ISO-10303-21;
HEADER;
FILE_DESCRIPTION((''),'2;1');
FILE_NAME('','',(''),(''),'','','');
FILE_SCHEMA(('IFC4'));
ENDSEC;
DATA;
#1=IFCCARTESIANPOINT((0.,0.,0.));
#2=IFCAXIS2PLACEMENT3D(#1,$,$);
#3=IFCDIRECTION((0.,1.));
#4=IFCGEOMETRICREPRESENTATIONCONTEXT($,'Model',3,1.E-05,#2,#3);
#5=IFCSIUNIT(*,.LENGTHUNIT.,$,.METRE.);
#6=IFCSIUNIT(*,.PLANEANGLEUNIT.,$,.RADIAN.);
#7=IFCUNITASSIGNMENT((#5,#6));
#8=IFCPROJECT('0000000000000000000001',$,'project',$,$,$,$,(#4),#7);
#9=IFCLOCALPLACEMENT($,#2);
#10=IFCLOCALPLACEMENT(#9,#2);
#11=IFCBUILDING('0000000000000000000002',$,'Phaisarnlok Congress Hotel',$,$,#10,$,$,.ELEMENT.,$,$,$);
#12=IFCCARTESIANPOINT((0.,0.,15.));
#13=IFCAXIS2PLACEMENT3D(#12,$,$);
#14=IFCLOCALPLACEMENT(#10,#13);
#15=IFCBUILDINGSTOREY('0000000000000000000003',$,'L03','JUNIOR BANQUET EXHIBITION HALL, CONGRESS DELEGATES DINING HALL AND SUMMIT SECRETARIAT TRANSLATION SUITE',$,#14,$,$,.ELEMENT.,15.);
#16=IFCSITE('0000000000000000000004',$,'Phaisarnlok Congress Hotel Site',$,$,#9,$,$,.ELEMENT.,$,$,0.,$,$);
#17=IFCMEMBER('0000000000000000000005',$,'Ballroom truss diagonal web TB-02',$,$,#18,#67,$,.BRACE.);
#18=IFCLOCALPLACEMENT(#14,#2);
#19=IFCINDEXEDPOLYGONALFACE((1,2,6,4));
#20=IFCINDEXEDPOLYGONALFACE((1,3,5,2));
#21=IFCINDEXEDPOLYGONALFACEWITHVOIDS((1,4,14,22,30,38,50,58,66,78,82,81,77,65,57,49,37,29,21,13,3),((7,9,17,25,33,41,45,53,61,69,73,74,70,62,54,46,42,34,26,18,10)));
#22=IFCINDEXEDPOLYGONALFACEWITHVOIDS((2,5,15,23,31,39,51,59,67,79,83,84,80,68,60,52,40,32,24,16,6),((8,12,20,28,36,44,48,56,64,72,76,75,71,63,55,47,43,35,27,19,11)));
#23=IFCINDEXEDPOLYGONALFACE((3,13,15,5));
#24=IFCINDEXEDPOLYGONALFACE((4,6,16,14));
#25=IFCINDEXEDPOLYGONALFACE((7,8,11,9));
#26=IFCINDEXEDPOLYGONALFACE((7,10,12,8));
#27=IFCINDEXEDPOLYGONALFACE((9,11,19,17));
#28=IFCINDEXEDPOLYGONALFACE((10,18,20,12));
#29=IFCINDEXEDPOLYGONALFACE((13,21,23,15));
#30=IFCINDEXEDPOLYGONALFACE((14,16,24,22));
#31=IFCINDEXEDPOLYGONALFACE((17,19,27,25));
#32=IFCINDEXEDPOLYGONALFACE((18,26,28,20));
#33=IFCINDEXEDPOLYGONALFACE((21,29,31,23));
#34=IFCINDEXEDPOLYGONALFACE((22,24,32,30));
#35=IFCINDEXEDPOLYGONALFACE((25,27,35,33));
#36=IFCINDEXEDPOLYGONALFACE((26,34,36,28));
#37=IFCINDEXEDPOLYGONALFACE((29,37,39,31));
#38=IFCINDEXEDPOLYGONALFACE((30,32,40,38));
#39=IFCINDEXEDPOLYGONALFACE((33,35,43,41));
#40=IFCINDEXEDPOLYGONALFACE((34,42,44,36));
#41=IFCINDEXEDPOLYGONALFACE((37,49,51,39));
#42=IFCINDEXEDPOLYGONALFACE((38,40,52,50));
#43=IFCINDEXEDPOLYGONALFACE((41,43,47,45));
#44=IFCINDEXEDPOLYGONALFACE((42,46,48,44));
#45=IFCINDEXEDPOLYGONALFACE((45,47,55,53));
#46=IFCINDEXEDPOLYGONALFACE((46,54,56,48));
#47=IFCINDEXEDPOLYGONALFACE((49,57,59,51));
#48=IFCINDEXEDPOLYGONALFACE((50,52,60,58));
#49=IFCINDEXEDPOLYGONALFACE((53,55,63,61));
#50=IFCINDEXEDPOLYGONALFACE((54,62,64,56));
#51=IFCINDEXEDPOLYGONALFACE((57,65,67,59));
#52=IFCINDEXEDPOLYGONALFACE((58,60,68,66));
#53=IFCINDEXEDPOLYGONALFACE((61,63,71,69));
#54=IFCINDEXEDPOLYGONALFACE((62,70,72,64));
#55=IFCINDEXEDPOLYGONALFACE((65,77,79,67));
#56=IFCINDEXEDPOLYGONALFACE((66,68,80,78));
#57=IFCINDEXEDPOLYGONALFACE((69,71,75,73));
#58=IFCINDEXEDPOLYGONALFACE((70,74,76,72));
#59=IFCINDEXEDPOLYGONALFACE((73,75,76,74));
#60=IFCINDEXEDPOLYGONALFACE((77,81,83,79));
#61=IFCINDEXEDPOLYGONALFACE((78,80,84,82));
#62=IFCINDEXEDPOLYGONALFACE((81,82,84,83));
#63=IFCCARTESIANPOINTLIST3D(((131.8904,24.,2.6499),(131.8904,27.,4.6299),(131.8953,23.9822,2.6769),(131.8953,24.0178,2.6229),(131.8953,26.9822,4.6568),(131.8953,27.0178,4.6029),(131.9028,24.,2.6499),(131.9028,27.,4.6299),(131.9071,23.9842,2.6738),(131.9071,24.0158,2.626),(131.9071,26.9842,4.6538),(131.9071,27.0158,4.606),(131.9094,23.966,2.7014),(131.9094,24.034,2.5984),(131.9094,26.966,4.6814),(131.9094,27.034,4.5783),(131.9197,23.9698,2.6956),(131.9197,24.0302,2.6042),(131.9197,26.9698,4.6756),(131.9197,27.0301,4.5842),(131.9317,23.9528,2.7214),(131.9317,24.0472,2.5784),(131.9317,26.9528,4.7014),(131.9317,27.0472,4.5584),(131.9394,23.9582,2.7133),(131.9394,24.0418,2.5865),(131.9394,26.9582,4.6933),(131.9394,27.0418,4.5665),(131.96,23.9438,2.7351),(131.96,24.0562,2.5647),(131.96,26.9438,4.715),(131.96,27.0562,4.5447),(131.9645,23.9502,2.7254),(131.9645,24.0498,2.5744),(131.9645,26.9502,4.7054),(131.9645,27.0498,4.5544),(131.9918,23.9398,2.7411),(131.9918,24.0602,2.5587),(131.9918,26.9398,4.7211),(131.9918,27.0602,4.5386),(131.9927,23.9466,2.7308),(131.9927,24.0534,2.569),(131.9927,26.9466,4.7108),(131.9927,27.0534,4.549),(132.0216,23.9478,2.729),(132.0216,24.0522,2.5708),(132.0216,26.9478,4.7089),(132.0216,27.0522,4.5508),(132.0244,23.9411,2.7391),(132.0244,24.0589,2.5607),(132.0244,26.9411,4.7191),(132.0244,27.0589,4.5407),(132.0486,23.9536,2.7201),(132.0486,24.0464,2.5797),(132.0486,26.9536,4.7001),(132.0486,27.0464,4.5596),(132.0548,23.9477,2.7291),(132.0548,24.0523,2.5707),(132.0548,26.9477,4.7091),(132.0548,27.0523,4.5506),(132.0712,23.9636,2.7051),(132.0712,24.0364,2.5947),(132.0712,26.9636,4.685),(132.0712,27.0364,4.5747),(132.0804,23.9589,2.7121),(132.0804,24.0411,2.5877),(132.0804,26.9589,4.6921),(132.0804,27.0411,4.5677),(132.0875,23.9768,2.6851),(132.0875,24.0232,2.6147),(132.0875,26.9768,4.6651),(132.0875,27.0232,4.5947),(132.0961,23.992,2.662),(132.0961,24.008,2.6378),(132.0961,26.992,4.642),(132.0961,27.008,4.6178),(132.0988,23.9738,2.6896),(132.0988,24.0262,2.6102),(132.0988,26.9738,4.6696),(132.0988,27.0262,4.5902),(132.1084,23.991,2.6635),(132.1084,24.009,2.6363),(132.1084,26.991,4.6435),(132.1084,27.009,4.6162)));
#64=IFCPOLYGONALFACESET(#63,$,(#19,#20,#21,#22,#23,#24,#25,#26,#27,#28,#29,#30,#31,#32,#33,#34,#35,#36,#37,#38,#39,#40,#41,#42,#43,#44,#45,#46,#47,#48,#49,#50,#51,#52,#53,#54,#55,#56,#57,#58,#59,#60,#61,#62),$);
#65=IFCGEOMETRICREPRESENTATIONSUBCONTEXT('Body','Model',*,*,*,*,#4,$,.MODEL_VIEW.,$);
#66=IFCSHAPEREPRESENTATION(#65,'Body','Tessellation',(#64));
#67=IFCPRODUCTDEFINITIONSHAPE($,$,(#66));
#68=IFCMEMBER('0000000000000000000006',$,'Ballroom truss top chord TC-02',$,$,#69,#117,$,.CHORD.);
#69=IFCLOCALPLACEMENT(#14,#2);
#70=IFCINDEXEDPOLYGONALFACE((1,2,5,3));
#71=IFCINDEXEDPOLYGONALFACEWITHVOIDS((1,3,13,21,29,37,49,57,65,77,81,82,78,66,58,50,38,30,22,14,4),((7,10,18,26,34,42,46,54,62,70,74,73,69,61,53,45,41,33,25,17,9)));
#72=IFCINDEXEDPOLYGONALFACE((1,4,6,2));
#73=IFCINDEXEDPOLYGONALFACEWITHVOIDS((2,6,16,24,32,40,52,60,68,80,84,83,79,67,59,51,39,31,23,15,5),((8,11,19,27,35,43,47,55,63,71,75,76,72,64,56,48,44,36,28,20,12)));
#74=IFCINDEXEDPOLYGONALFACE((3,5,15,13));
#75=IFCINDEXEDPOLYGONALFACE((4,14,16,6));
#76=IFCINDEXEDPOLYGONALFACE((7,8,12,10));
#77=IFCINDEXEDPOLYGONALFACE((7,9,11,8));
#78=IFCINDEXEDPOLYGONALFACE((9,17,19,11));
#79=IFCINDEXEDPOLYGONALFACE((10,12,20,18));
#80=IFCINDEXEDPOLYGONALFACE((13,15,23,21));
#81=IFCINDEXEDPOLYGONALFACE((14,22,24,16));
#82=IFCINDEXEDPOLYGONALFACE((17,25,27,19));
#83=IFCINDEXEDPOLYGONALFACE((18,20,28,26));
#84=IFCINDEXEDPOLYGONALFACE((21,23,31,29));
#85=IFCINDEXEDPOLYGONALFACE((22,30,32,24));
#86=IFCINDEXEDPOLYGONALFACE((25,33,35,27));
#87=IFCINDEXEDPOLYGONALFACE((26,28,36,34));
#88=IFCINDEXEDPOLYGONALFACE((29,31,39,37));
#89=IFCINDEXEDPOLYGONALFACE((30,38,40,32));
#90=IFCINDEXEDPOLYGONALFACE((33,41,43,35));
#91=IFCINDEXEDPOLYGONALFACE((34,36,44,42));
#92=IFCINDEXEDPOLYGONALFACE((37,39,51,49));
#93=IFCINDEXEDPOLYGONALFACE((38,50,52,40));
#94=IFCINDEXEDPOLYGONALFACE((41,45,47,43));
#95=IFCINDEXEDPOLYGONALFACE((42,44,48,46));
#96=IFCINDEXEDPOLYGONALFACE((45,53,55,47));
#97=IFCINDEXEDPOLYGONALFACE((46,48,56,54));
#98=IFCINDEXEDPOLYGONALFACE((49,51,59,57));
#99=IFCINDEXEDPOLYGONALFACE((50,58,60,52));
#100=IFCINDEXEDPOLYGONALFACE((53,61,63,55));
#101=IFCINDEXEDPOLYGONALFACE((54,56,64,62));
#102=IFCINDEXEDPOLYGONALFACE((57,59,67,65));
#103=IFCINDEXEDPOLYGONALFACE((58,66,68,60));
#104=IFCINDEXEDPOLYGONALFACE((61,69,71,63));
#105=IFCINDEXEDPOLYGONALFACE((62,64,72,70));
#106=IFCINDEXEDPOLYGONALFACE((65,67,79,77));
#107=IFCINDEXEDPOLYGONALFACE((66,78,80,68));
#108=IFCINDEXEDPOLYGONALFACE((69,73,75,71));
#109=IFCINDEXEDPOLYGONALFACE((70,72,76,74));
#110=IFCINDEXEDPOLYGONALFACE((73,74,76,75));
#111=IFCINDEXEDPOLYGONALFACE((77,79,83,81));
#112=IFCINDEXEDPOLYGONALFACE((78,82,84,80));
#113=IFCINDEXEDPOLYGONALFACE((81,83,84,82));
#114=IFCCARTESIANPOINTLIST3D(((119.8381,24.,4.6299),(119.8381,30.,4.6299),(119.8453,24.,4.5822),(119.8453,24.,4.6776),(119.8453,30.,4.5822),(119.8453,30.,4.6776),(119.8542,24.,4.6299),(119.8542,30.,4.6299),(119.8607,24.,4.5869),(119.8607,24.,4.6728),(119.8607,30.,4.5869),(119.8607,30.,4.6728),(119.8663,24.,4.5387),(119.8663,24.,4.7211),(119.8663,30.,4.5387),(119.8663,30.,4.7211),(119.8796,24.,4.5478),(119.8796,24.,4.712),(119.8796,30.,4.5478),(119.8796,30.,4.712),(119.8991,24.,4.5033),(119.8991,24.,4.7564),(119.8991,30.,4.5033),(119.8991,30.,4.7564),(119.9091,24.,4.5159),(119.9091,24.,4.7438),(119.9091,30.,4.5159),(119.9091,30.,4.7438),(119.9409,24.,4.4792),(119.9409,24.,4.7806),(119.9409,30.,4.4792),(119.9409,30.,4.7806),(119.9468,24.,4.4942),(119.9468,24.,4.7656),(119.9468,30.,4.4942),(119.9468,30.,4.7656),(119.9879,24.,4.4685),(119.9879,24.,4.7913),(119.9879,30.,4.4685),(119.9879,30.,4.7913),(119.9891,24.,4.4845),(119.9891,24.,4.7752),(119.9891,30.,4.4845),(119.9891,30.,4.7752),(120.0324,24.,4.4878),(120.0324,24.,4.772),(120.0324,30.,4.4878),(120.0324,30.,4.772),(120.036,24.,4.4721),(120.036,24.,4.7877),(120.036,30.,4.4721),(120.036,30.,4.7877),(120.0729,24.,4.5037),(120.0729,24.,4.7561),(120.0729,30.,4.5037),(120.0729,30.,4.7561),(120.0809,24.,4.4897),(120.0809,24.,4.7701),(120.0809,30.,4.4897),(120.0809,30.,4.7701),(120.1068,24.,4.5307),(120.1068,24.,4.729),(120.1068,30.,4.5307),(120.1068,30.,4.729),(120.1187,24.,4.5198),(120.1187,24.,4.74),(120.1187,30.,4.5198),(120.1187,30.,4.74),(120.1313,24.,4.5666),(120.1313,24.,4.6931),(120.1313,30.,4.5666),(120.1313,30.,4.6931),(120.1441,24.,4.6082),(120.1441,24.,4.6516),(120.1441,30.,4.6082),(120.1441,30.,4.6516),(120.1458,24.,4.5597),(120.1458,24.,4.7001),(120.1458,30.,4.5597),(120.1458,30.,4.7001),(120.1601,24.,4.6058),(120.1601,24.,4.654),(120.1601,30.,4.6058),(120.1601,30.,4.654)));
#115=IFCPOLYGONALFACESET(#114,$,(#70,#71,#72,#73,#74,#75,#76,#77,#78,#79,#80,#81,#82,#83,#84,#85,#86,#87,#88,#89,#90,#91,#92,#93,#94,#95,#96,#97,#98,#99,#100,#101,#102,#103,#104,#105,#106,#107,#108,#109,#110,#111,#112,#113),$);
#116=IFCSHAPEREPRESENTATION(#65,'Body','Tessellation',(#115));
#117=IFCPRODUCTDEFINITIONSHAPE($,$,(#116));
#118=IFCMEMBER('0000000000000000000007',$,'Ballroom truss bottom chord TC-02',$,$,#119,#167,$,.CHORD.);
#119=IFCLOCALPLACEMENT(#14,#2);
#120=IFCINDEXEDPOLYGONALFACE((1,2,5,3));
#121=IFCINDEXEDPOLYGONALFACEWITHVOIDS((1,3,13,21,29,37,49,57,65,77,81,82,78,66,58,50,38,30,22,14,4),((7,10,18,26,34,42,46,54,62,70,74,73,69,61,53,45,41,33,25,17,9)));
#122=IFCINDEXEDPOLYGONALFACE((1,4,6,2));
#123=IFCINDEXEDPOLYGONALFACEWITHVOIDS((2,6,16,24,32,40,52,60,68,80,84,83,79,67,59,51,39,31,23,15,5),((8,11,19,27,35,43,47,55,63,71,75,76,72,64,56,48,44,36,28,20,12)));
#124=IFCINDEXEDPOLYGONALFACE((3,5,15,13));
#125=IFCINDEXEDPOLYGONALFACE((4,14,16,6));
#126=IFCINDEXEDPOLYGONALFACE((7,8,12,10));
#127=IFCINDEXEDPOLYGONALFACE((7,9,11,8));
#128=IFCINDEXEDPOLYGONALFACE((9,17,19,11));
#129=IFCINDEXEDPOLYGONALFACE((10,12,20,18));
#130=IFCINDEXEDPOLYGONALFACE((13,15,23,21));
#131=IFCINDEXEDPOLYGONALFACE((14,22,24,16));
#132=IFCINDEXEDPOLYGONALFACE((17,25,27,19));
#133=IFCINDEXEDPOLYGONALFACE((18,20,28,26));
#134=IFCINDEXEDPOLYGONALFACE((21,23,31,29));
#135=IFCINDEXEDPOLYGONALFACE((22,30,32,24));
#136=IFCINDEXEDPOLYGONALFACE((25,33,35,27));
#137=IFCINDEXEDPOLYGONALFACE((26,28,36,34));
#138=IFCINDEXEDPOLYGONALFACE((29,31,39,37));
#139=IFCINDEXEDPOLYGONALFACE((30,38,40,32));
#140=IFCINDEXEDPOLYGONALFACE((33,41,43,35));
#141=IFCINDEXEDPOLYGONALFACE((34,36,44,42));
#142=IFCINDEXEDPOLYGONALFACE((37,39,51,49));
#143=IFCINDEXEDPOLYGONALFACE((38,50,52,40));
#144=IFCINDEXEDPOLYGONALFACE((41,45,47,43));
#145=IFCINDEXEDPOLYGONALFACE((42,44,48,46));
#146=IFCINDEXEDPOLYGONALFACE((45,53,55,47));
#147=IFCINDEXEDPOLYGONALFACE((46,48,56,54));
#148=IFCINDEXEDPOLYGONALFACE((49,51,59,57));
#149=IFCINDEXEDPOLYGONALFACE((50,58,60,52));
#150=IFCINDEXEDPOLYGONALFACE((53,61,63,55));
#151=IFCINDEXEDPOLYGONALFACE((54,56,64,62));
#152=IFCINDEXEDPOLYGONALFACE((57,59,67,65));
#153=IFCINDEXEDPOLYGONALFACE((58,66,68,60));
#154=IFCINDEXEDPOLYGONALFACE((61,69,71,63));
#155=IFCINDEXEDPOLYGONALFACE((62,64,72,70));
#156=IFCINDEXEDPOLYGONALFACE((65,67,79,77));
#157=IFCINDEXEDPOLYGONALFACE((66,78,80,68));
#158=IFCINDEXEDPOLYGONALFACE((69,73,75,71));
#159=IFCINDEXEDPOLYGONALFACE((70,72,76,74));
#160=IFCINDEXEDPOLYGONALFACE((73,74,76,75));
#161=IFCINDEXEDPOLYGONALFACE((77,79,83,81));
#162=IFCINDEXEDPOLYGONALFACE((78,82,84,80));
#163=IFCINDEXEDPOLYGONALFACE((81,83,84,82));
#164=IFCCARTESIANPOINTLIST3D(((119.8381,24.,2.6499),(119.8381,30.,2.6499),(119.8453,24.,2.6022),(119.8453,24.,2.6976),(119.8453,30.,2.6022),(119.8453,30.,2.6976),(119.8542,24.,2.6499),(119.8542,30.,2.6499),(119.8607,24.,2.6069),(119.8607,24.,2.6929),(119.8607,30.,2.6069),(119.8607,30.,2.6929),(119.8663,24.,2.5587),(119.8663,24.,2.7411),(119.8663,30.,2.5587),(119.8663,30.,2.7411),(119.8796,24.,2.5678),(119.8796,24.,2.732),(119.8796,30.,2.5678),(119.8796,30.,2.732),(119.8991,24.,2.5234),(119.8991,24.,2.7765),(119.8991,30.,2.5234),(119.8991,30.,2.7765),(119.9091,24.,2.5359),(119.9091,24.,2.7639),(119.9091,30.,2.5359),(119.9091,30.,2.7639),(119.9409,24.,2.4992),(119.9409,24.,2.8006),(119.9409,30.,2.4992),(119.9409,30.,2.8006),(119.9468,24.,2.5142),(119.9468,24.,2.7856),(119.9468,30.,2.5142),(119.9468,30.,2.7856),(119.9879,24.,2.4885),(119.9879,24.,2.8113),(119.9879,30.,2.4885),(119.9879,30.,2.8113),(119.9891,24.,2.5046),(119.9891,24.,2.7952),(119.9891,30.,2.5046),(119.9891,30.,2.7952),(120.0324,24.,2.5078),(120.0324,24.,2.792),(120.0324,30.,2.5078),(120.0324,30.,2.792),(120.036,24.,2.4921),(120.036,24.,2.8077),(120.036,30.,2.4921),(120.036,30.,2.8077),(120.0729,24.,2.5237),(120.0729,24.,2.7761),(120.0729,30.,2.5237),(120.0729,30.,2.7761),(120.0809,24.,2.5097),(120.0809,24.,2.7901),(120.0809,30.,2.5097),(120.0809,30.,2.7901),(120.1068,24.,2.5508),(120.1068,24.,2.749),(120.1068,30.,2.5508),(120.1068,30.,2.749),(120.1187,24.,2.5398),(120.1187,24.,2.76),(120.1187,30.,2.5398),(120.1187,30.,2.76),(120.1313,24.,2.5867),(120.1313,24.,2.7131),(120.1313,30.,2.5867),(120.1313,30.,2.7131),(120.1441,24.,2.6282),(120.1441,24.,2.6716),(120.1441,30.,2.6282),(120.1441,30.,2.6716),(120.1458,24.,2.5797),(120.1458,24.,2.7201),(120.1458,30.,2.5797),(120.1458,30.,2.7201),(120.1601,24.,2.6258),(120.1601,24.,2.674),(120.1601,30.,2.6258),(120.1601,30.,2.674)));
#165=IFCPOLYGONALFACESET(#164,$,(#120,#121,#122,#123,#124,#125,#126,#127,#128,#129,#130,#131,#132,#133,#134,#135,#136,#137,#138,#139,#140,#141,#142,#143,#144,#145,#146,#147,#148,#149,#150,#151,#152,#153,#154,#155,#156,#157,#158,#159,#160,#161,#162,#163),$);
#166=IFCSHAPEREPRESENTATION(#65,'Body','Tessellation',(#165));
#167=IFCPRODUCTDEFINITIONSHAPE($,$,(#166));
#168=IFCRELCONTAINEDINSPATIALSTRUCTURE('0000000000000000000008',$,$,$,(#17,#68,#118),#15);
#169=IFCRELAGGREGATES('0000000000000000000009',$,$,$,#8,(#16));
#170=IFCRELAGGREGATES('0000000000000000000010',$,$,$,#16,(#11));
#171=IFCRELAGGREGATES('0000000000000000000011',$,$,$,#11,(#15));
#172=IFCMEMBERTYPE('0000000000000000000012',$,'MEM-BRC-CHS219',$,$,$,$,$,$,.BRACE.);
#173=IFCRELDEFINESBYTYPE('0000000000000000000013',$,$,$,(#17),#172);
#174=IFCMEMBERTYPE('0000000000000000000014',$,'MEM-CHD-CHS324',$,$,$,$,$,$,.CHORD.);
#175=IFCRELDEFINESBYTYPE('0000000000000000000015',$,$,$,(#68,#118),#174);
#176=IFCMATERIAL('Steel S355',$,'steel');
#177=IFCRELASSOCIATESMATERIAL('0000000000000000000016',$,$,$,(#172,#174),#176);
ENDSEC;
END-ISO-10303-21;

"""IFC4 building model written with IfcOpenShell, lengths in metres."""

from ifc_helpers import new_model, si_unit, direction, frame, origin, origin_2d, place, context, subcontext, project, spatial, hollow_circle, extrude, material, material_profile, profile_set, type_object, element, save


model = new_model("IFC4")

# Units and contexts
model_context = context("Model", 3, precision=1e-05, world=origin(), true_north=direction((0.0, 1.0)))
body_context = subcontext(model_context, "Body", "Model", "MODEL_VIEW")
ifc_project = project(units=[si_unit("LENGTHUNIT", "METRE"), si_unit("PLANEANGLEUNIT", "RADIAN")], contexts=[model_context])

# Site, building, storey
site_placement = place(None, origin())
site = spatial("IfcSite", under=ifc_project, at=site_placement, Name="Phaisarnlok Congress Hotel Site", CompositionType="ELEMENT", RefElevation=0.0)
building_placement = place(site_placement, origin())
building = spatial("IfcBuilding", under=site, at=building_placement, Name="Phaisarnlok Congress Hotel", CompositionType="ELEMENT")
storey_placement = place(building_placement, frame((0.0, 0.0, 15.0)))
storey = spatial("IfcBuildingStorey", under=building, at=storey_placement, Name="L03", Description="JUNIOR BANQUET EXHIBITION HALL, CONGRESS DELEGATES DINING HALL AND SUMMIT SECRETARIAT TRANSLATION SUITE", CompositionType="ELEMENT", Elevation=15.0)

# Members
ifc_material = material(Name="Steel S355", Category="steel")
ifc_material_profile_1 = material_profile(ifc_material, hollow_circle(Radius=0.1096, WallThickness=0.0125, at=origin_2d()), Name="CHS 219.1x12.5")
ifc_profile_set_1 = profile_set([ifc_material_profile_1], Name="Steel S355")
member_type_1 = type_object("IfcMemberType", Name="MEM-BRC-CHS219", PredefinedType="BRACE", material=ifc_profile_set_1)
for number, where, z_axis, x_axis, name in (
    (1, (132.0, 24.0, 2.6499), (0.0, 0.834612, 0.550838), (-1.0, 0.0, 0.0), "Ballroom truss diagonal web TB-02"),
):
    element("IfcMember", number, at=place(storey_placement, frame(where, z_axis=z_axis, x_axis=x_axis)), inside=storey, type_object=member_type_1, Name=name, PredefinedType="BRACE", context=body_context, shape_type="SweptSolid", body=[
        extrude(hollow_circle(Radius=0.1096, WallThickness=0.0125, at=origin_2d()), origin(), (0.0, 0.0, 1.0), 3.5945),
    ])
ifc_material_profile_2 = material_profile(ifc_material, hollow_circle(Radius=0.1619, WallThickness=0.0161, at=origin_2d()), Name="CHS 323.9x16")
ifc_profile_set_2 = profile_set([ifc_material_profile_2], Name="Steel S355")
member_type_2 = type_object("IfcMemberType", Name="MEM-CHD-CHS324", PredefinedType="CHORD", material=ifc_profile_set_2)
for number, where, z_axis, x_axis, name in (
    (2, (120.0, 24.0, 4.6299), (0.0, 1.0, 0.0), (-1.0, 0.0, 0.0), "Ballroom truss top chord TC-02"),
    (3, (120.0, 24.0, 2.6499), (0.0, 1.0, 0.0), (-1.0, 0.0, 0.0), "Ballroom truss bottom chord TC-02"),
):
    element("IfcMember", number, at=place(storey_placement, frame(where, z_axis=z_axis, x_axis=x_axis)), inside=storey, type_object=member_type_2, Name=name, PredefinedType="CHORD", context=body_context, shape_type="SweptSolid", body=[
        extrude(hollow_circle(Radius=0.1619, WallThickness=0.0161, at=origin_2d()), origin(), (0.0, 0.0, 1.0), 6.0),
    ])

save(model, "model.ifc")
